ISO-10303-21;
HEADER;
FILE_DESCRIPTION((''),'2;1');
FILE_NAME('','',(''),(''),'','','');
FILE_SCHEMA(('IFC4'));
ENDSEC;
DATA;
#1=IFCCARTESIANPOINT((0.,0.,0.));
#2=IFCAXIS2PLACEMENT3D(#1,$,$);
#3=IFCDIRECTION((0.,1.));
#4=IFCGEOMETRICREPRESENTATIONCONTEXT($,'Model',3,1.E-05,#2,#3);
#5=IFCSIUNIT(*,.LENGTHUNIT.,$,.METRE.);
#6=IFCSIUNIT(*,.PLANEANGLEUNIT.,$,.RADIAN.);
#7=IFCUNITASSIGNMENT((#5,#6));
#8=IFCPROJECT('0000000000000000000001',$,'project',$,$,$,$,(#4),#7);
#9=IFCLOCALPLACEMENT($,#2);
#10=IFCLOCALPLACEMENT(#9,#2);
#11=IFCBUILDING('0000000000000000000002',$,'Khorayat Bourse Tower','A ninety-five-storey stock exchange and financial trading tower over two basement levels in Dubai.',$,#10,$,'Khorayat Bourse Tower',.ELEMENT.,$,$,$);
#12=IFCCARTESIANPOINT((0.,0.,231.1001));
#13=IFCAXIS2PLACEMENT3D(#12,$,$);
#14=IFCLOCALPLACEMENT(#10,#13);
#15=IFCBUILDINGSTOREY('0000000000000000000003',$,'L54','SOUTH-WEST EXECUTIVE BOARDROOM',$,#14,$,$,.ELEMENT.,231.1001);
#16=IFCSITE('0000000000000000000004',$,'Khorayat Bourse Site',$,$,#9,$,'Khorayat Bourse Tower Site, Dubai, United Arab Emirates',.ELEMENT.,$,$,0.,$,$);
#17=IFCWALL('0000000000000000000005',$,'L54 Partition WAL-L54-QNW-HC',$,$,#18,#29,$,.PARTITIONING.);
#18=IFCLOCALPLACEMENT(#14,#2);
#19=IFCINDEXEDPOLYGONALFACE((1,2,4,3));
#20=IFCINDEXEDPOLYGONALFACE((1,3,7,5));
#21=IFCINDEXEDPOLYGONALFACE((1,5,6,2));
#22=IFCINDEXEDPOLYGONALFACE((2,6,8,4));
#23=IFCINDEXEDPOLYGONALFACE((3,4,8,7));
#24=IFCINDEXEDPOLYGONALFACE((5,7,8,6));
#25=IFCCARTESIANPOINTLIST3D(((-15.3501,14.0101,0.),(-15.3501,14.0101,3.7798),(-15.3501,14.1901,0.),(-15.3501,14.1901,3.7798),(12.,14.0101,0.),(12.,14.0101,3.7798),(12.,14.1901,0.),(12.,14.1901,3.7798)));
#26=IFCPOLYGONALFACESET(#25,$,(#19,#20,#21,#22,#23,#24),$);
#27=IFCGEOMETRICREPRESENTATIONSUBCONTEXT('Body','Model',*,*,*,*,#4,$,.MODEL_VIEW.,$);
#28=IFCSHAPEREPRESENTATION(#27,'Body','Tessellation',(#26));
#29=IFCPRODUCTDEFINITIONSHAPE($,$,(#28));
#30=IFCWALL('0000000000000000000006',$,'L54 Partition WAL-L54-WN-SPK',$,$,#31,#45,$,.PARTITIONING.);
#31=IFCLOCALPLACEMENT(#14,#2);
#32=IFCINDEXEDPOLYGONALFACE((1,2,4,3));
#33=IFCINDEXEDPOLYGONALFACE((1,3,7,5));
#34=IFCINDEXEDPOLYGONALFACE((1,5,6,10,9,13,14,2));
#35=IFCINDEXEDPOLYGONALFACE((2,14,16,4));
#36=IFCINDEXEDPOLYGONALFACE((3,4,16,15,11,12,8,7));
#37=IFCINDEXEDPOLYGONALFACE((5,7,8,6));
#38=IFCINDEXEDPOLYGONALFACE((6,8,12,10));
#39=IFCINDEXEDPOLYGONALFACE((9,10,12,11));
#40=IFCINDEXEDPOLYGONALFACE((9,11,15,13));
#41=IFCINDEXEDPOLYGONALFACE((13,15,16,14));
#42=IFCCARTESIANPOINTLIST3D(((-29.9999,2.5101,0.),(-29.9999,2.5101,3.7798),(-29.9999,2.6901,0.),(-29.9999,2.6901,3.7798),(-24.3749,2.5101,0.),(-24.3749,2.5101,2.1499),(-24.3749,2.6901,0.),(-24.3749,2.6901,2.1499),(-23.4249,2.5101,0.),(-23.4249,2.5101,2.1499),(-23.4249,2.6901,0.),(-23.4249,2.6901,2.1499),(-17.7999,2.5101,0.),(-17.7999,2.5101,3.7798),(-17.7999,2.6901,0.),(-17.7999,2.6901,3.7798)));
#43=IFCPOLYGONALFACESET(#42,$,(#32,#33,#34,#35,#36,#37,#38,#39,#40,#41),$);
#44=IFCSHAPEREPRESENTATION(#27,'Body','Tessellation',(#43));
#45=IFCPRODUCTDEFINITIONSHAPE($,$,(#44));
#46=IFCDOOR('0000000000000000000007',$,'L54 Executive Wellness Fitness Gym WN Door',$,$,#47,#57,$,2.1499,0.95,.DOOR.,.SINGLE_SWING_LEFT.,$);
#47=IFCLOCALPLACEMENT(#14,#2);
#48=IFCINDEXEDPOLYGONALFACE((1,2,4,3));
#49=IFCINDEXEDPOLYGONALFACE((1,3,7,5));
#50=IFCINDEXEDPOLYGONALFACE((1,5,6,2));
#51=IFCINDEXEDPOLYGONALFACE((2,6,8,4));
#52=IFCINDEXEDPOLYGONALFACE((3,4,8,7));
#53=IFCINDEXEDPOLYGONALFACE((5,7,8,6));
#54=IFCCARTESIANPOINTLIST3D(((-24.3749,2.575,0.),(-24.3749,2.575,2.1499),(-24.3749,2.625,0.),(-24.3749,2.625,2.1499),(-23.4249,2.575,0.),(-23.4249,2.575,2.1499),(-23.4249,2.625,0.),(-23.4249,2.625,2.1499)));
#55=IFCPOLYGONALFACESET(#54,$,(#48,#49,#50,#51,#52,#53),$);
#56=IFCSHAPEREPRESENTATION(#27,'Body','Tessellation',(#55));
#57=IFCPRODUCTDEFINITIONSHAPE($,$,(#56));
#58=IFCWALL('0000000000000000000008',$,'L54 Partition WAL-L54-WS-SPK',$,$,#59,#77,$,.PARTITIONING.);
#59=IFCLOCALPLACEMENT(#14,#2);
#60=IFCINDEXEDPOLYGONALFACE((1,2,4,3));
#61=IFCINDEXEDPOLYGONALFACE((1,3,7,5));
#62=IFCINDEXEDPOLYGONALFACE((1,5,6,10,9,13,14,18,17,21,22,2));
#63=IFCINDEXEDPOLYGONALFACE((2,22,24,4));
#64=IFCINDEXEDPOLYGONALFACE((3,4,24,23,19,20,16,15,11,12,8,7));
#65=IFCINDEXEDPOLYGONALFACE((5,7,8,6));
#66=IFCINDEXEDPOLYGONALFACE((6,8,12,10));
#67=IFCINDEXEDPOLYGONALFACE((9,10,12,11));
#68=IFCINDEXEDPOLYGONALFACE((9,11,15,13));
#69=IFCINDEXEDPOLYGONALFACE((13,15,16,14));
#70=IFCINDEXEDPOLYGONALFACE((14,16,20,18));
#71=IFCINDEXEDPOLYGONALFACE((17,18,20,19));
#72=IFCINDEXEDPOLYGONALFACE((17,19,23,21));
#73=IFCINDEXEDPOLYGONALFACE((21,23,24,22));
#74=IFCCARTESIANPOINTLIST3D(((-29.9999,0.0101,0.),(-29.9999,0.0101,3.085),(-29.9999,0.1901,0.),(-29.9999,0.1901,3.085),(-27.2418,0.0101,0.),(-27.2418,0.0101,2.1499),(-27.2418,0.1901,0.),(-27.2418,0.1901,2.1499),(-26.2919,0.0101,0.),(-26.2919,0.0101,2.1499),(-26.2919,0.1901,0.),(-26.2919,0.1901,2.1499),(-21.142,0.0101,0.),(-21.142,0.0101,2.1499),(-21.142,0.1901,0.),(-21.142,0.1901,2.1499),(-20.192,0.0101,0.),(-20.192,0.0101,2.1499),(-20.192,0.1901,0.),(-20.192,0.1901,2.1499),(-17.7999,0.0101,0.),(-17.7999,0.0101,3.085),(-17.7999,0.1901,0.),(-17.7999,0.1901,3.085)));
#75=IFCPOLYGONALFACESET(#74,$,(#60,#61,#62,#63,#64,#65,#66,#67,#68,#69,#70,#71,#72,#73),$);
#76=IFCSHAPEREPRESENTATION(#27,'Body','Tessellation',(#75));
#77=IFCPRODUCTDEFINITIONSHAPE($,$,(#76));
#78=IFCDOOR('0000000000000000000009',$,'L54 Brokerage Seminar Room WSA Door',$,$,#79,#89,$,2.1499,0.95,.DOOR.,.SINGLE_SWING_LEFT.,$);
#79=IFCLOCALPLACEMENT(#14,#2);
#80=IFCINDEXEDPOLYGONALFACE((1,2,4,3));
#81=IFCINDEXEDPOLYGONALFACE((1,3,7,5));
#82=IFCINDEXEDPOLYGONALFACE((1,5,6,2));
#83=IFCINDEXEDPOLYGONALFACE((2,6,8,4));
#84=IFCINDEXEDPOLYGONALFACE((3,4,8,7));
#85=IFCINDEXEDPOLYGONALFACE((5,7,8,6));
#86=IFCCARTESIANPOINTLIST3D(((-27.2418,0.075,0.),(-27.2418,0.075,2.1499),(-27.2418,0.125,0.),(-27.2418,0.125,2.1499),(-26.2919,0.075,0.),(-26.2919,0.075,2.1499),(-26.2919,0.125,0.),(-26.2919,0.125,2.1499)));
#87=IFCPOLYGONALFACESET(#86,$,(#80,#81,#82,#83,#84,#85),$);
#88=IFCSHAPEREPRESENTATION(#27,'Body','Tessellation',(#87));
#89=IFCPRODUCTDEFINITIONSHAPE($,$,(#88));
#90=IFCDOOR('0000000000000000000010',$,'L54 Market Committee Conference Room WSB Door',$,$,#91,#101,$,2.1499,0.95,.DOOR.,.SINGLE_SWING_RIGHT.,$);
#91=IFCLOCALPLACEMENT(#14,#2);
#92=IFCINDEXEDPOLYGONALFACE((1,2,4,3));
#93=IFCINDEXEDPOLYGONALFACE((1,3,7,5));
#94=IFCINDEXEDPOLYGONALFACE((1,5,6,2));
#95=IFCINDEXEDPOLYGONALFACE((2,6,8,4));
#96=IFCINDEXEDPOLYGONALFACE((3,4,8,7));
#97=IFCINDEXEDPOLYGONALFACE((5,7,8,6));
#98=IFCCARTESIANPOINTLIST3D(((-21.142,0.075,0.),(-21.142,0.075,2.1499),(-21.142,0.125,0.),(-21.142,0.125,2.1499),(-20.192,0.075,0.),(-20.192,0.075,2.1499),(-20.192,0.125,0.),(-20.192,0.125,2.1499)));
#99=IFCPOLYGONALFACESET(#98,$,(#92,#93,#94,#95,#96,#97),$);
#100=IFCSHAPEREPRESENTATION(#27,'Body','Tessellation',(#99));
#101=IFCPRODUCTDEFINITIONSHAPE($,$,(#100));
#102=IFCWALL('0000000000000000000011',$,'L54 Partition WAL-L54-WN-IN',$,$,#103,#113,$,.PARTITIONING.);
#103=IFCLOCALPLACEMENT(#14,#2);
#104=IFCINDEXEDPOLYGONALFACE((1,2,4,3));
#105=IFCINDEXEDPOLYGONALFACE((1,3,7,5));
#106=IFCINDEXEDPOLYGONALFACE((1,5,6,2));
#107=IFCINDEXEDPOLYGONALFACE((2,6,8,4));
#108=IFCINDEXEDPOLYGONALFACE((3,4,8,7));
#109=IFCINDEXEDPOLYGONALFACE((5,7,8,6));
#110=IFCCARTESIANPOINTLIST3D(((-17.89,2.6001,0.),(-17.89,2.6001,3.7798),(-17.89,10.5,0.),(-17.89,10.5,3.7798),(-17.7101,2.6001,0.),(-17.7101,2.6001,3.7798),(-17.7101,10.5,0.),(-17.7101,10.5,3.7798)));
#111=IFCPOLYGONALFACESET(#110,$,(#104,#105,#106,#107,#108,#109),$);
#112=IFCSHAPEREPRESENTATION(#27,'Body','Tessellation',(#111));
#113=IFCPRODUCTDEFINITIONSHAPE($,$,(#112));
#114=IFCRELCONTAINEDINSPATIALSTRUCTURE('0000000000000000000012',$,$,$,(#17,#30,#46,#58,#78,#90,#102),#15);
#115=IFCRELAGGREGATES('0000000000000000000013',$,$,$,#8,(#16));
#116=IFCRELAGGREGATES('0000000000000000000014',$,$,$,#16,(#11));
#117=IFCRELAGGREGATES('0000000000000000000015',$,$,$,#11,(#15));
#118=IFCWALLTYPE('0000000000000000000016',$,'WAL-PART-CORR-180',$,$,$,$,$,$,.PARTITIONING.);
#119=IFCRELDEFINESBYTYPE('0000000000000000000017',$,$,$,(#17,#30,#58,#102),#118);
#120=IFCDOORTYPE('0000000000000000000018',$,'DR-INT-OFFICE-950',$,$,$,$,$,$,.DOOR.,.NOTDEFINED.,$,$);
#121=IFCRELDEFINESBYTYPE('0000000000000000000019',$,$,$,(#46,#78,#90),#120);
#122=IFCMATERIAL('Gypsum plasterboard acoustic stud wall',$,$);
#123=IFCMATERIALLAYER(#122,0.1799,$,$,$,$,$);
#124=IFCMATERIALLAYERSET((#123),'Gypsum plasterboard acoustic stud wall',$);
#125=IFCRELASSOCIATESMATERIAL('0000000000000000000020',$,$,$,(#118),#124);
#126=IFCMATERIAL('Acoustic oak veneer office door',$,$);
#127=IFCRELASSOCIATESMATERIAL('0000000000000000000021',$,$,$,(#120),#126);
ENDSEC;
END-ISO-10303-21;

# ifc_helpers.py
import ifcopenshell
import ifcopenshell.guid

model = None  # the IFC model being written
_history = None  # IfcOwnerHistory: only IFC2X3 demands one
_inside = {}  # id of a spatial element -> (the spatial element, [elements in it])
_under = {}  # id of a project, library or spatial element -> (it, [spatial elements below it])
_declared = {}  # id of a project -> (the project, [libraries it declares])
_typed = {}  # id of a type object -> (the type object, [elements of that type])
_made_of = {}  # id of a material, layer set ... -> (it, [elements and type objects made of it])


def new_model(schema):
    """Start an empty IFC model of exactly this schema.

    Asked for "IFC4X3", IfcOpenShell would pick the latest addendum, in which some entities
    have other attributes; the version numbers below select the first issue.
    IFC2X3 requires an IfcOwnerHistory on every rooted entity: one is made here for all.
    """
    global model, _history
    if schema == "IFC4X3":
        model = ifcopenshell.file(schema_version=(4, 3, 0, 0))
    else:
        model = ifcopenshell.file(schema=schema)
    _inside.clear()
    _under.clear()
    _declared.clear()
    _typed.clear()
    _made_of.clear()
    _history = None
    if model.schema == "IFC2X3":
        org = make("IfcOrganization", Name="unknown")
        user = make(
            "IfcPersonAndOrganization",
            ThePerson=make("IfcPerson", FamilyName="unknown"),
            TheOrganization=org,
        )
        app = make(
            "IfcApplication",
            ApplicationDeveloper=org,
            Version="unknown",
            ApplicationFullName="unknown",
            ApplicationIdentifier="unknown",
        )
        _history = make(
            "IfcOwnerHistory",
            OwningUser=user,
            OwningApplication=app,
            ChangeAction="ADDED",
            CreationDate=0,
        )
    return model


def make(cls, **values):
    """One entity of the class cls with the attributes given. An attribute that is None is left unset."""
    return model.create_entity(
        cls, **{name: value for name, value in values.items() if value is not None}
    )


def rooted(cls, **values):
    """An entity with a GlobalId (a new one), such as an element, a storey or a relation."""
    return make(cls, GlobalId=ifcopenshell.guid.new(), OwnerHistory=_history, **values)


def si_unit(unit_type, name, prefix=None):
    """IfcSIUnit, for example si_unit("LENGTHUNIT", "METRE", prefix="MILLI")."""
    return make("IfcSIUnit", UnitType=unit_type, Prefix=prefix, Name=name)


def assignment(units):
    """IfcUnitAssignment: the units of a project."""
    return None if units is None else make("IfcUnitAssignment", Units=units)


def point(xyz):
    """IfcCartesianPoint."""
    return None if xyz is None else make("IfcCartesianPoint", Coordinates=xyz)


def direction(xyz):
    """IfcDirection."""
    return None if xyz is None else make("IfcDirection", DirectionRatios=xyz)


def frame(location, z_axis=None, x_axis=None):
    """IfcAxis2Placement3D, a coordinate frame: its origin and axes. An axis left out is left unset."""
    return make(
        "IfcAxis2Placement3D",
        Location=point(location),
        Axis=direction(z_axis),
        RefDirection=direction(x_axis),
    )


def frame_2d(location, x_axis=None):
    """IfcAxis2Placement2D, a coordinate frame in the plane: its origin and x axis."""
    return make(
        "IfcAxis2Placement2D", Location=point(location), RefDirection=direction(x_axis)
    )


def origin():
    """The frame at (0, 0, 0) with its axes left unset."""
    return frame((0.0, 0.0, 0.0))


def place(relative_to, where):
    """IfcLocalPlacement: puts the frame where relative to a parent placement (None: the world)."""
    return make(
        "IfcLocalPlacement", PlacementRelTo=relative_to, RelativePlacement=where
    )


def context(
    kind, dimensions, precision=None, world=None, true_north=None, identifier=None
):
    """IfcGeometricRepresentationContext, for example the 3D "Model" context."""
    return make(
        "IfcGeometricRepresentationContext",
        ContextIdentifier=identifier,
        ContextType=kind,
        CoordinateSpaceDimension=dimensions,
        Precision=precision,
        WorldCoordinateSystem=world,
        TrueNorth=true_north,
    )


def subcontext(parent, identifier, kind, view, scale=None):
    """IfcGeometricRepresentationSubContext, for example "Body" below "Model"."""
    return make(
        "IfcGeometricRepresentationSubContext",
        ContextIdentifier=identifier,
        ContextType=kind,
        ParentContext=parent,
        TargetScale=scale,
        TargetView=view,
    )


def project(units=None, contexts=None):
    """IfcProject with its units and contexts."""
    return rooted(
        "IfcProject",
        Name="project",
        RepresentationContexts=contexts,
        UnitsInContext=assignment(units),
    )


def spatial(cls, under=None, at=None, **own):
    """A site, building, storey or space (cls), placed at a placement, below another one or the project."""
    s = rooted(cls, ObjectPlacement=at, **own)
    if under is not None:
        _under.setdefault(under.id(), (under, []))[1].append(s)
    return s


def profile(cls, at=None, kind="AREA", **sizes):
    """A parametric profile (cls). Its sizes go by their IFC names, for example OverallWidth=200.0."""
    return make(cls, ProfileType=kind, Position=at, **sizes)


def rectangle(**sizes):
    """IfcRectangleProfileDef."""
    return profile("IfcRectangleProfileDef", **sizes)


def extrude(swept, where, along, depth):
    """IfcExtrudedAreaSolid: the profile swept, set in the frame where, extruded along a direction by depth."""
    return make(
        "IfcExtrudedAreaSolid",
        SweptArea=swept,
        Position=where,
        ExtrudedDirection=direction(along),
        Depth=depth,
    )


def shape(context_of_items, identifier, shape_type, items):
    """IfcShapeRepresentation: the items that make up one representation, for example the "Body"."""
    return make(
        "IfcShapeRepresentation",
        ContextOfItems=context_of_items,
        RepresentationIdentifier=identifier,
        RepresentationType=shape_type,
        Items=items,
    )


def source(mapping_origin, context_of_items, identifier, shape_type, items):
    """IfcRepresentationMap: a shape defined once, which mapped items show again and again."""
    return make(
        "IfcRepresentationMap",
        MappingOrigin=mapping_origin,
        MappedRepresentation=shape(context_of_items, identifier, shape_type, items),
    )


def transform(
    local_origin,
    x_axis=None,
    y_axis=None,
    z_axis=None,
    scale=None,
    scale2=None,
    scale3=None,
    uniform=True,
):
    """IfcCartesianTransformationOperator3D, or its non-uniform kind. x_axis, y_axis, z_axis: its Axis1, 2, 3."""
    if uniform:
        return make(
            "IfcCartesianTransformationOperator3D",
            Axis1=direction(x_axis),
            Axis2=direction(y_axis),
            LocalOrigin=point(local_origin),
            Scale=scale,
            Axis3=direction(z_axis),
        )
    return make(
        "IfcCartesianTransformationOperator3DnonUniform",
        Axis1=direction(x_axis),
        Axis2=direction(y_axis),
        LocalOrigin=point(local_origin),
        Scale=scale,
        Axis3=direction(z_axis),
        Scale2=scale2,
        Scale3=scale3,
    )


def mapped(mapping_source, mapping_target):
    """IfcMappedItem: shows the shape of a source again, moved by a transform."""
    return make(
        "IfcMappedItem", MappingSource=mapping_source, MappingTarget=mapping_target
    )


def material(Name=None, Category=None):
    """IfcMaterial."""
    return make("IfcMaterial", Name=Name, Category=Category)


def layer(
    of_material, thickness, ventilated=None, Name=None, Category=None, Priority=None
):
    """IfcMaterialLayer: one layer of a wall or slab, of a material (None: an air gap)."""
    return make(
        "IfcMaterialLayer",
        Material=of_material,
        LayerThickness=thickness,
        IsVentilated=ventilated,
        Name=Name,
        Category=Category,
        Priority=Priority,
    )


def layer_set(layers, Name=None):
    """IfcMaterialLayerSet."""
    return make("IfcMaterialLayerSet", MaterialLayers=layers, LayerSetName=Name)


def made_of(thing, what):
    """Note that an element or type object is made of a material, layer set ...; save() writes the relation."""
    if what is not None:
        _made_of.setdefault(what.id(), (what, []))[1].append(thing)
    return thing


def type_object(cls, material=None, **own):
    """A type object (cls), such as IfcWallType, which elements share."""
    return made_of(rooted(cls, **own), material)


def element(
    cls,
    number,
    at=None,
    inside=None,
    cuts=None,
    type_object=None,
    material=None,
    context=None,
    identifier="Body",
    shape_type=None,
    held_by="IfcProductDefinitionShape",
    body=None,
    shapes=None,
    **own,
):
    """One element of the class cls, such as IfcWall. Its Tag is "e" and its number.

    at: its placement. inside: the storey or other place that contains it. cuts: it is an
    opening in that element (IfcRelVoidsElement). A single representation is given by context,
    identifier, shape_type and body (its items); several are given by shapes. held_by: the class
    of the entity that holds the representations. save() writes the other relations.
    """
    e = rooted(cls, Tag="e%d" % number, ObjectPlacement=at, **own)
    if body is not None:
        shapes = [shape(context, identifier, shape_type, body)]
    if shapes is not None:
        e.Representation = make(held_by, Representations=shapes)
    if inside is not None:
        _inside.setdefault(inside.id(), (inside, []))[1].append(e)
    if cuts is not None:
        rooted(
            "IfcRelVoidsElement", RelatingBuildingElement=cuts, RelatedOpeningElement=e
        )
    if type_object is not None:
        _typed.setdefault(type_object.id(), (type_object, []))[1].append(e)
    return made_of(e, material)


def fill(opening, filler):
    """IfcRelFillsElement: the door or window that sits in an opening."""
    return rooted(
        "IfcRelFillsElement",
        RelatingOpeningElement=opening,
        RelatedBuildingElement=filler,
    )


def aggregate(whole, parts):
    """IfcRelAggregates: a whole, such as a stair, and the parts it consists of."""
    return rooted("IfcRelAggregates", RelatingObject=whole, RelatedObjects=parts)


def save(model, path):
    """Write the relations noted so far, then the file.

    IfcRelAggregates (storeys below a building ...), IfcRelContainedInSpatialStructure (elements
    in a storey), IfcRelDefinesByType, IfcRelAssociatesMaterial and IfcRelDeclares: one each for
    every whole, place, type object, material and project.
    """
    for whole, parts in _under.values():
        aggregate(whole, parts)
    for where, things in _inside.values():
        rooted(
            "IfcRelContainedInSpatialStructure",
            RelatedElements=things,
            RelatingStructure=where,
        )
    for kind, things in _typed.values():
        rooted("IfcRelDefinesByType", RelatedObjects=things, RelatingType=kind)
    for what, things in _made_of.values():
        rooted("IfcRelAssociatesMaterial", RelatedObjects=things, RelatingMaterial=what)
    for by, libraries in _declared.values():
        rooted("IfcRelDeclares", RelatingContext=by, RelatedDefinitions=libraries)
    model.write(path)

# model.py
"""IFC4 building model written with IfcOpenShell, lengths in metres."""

from ifc_helpers import new_model, si_unit, direction, frame, frame_2d, origin, place, context, subcontext, project, spatial, rectangle, extrude, source, transform, mapped, material, layer, layer_set, type_object, element, fill, save


model = new_model("IFC4")

# Units and contexts
model_context = context("Model", 3, precision=1e-05, world=origin(), true_north=direction((0.0, 1.0)))
body_context = subcontext(model_context, "Body", "Model", "MODEL_VIEW")
ifc_project = project(units=[si_unit("LENGTHUNIT", "METRE"), si_unit("PLANEANGLEUNIT", "RADIAN")], contexts=[model_context])

# Site, building, storey
site_placement = place(None, origin())
site = spatial("IfcSite", under=ifc_project, at=site_placement, Name="Khorayat Bourse Site", LongName="Khorayat Bourse Tower Site, Dubai, United Arab Emirates", CompositionType="ELEMENT", RefElevation=0.0)
building_placement = place(site_placement, origin())
building = spatial("IfcBuilding", under=site, at=building_placement, Name="Khorayat Bourse Tower", Description="A ninety-five-storey stock exchange and financial trading tower over two basement levels in Dubai.", LongName="Khorayat Bourse Tower", CompositionType="ELEMENT")
storey_placement = place(building_placement, frame((0.0, 0.0, 231.1001)))
storey = spatial("IfcBuildingStorey", under=building, at=storey_placement, Name="L54", Description="SOUTH-WEST EXECUTIVE BOARDROOM", CompositionType="ELEMENT", Elevation=231.1001)

# Wall
ifc_material_1 = material(Name="Gypsum plasterboard acoustic stud wall")
ifc_layer_1 = layer(ifc_material_1, 0.1799)
ifc_layer_set_1 = layer_set([ifc_layer_1], Name="Gypsum plasterboard acoustic stud wall")
wall_type = type_object("IfcWallType", Name="WAL-PART-CORR-180", PredefinedType="PARTITIONING", material=ifc_layer_set_1)
shared_shape_1 = source(origin(), body_context, "Body", "SweptSolid", [
    extrude(rectangle(XDim=27.3501, YDim=0.1799, at=frame_2d((13.675, 0.0))), origin(), (0.0, 0.0, 1.0), 3.7798),
])
wall_1_placement = place(storey_placement, frame((-15.3501, 14.1001, 0.0), z_axis=(0.0, 0.0, 1.0), x_axis=(1.0, 0.0, 0.0)))
element("IfcWall", 1, at=wall_1_placement, inside=storey, type_object=wall_type, Name="L54 Partition WAL-L54-QNW-HC", PredefinedType="PARTITIONING", context=body_context, shape_type="MappedRepresentation", body=[
    mapped(shared_shape_1, transform((0.0, 0.0, 0.0), scale=1.0)),
])

# Wall, opening, door
shared_shape_2 = source(origin(), body_context, "Body", "SweptSolid", [
    extrude(rectangle(XDim=12.2, YDim=0.1799, at=frame_2d((6.1001, 0.0))), origin(), (0.0, 0.0, 1.0), 3.7798),
])
wall_2_placement = place(storey_placement, frame((-30.0, 2.6001, 0.0), z_axis=(0.0, 0.0, 1.0), x_axis=(1.0, 0.0, 0.0)))
wall_2 = element("IfcWall", 2, at=wall_2_placement, inside=storey, type_object=wall_type, Name="L54 Partition WAL-L54-WN-SPK", PredefinedType="PARTITIONING", context=body_context, shape_type="MappedRepresentation", body=[
    mapped(shared_shape_2, transform((0.0, 0.0, 0.0), scale=1.0)),
])
shared_shape_3 = source(origin(), body_context, "Body", "SweptSolid", [
    extrude(rectangle(XDim=0.95, YDim=2.1499, at=frame_2d((0.4751, 1.075))), frame((0.0, 0.0999, 0.0), z_axis=(0.0, -1.0, 0.0), x_axis=(1.0, 0.0, 0.0)), (0.0, 0.0, 1.0), 0.2),
])
opening_1_placement = place(wall_2_placement, frame((5.625, 0.0, 0.0)))
opening_1 = element("IfcOpeningElement", 3, at=opening_1_placement, cuts=wall_2, PredefinedType="OPENING", context=body_context, shape_type="MappedRepresentation", body=[
    mapped(shared_shape_3, transform((0.0, 0.0, 0.0), scale=1.0)),
])
ifc_material_2 = material(Name="Acoustic oak veneer office door")
door_type = type_object("IfcDoorType", Name="DR-INT-OFFICE-950", OperationType="NOTDEFINED", PredefinedType="DOOR", material=ifc_material_2)
shared_shape_4 = source(origin(), body_context, "Body", "SweptSolid", [
    extrude(rectangle(XDim=0.95, YDim=2.1499, at=frame_2d((0.4751, 1.075))), frame((0.0, 0.0249, 0.0), z_axis=(0.0, -1.0, 0.0), x_axis=(1.0, 0.0, 0.0)), (0.0, 0.0, 1.0), 0.05),
])
door_1_placement = place(opening_1_placement, origin())
door_1 = element("IfcDoor", 4, at=door_1_placement, inside=storey, type_object=door_type, Name="L54 Executive Wellness Fitness Gym WN Door", OperationType="SINGLE_SWING_LEFT", OverallHeight=2.1499, OverallWidth=0.95, PredefinedType="DOOR", context=body_context, shape_type="MappedRepresentation", body=[
    mapped(shared_shape_4, transform((0.0, 0.0, 0.0), scale=1.0)),
])
fill(opening_1, door_1)

# Wall, openings, doors
shared_shape_5 = source(origin(), body_context, "Body", "SweptSolid", [
    extrude(rectangle(XDim=12.2, YDim=0.1799, at=frame_2d((6.1001, 0.0))), origin(), (0.0, 0.0, 1.0), 3.085),
])
wall_3_placement = place(storey_placement, frame((-30.0, 0.1001, 0.0), z_axis=(0.0, 0.0, 1.0), x_axis=(1.0, 0.0, 0.0)))
wall_3 = element("IfcWall", 5, at=wall_3_placement, inside=storey, type_object=wall_type, Name="L54 Partition WAL-L54-WS-SPK", PredefinedType="PARTITIONING", context=body_context, shape_type="MappedRepresentation", body=[
    mapped(shared_shape_5, transform((0.0, 0.0, 0.0), scale=1.0)),
])
opening_2_placement = place(wall_3_placement, frame((2.7581, 0.0, 0.0)))
opening_2 = element("IfcOpeningElement", 6, at=opening_2_placement, cuts=wall_3, PredefinedType="OPENING", context=body_context, shape_type="MappedRepresentation", body=[
    mapped(shared_shape_3, transform((0.0, 0.0, 0.0), scale=1.0)),
])
opening_3_placement = place(wall_3_placement, frame((8.8579, 0.0, 0.0)))
opening_3 = element("IfcOpeningElement", 7, at=opening_3_placement, cuts=wall_3, PredefinedType="OPENING", context=body_context, shape_type="MappedRepresentation", body=[
    mapped(shared_shape_3, transform((0.0, 0.0, 0.0), scale=1.0)),
])
door_2_placement = place(opening_2_placement, origin())
door_2 = element("IfcDoor", 8, at=door_2_placement, inside=storey, type_object=door_type, Name="L54 Brokerage Seminar Room WSA Door", OperationType="SINGLE_SWING_LEFT", OverallHeight=2.1499, OverallWidth=0.95, PredefinedType="DOOR", context=body_context, shape_type="MappedRepresentation", body=[
    mapped(shared_shape_4, transform((0.0, 0.0, 0.0), scale=1.0)),
])
fill(opening_2, door_2)
door_3_placement = place(opening_3_placement, origin())
door_3 = element("IfcDoor", 9, at=door_3_placement, inside=storey, type_object=door_type, Name="L54 Market Committee Conference Room WSB Door", OperationType="SINGLE_SWING_RIGHT", OverallHeight=2.1499, OverallWidth=0.95, PredefinedType="DOOR", context=body_context, shape_type="MappedRepresentation", body=[
    mapped(shared_shape_4, transform((0.0, 0.0, 0.0), scale=1.0)),
])
fill(opening_3, door_3)

# Wall
shared_shape_6 = source(origin(), body_context, "Body", "SweptSolid", [
    extrude(rectangle(XDim=7.8999, YDim=0.1799, at=frame_2d((3.95, 0.0))), origin(), (0.0, 0.0, 1.0), 3.7798),
])
wall_4_placement = place(storey_placement, frame((-17.8, 2.6001, 0.0), z_axis=(0.0, 0.0, 1.0), x_axis=(0.0, 1.0, 0.0)))
element("IfcWall", 10, at=wall_4_placement, inside=storey, type_object=wall_type, Name="L54 Partition WAL-L54-WN-IN", PredefinedType="PARTITIONING", context=body_context, shape_type="MappedRepresentation", body=[
    mapped(shared_shape_6, transform((0.0, 0.0, 0.0), scale=1.0)),
])

save(model, "model.ifc")
